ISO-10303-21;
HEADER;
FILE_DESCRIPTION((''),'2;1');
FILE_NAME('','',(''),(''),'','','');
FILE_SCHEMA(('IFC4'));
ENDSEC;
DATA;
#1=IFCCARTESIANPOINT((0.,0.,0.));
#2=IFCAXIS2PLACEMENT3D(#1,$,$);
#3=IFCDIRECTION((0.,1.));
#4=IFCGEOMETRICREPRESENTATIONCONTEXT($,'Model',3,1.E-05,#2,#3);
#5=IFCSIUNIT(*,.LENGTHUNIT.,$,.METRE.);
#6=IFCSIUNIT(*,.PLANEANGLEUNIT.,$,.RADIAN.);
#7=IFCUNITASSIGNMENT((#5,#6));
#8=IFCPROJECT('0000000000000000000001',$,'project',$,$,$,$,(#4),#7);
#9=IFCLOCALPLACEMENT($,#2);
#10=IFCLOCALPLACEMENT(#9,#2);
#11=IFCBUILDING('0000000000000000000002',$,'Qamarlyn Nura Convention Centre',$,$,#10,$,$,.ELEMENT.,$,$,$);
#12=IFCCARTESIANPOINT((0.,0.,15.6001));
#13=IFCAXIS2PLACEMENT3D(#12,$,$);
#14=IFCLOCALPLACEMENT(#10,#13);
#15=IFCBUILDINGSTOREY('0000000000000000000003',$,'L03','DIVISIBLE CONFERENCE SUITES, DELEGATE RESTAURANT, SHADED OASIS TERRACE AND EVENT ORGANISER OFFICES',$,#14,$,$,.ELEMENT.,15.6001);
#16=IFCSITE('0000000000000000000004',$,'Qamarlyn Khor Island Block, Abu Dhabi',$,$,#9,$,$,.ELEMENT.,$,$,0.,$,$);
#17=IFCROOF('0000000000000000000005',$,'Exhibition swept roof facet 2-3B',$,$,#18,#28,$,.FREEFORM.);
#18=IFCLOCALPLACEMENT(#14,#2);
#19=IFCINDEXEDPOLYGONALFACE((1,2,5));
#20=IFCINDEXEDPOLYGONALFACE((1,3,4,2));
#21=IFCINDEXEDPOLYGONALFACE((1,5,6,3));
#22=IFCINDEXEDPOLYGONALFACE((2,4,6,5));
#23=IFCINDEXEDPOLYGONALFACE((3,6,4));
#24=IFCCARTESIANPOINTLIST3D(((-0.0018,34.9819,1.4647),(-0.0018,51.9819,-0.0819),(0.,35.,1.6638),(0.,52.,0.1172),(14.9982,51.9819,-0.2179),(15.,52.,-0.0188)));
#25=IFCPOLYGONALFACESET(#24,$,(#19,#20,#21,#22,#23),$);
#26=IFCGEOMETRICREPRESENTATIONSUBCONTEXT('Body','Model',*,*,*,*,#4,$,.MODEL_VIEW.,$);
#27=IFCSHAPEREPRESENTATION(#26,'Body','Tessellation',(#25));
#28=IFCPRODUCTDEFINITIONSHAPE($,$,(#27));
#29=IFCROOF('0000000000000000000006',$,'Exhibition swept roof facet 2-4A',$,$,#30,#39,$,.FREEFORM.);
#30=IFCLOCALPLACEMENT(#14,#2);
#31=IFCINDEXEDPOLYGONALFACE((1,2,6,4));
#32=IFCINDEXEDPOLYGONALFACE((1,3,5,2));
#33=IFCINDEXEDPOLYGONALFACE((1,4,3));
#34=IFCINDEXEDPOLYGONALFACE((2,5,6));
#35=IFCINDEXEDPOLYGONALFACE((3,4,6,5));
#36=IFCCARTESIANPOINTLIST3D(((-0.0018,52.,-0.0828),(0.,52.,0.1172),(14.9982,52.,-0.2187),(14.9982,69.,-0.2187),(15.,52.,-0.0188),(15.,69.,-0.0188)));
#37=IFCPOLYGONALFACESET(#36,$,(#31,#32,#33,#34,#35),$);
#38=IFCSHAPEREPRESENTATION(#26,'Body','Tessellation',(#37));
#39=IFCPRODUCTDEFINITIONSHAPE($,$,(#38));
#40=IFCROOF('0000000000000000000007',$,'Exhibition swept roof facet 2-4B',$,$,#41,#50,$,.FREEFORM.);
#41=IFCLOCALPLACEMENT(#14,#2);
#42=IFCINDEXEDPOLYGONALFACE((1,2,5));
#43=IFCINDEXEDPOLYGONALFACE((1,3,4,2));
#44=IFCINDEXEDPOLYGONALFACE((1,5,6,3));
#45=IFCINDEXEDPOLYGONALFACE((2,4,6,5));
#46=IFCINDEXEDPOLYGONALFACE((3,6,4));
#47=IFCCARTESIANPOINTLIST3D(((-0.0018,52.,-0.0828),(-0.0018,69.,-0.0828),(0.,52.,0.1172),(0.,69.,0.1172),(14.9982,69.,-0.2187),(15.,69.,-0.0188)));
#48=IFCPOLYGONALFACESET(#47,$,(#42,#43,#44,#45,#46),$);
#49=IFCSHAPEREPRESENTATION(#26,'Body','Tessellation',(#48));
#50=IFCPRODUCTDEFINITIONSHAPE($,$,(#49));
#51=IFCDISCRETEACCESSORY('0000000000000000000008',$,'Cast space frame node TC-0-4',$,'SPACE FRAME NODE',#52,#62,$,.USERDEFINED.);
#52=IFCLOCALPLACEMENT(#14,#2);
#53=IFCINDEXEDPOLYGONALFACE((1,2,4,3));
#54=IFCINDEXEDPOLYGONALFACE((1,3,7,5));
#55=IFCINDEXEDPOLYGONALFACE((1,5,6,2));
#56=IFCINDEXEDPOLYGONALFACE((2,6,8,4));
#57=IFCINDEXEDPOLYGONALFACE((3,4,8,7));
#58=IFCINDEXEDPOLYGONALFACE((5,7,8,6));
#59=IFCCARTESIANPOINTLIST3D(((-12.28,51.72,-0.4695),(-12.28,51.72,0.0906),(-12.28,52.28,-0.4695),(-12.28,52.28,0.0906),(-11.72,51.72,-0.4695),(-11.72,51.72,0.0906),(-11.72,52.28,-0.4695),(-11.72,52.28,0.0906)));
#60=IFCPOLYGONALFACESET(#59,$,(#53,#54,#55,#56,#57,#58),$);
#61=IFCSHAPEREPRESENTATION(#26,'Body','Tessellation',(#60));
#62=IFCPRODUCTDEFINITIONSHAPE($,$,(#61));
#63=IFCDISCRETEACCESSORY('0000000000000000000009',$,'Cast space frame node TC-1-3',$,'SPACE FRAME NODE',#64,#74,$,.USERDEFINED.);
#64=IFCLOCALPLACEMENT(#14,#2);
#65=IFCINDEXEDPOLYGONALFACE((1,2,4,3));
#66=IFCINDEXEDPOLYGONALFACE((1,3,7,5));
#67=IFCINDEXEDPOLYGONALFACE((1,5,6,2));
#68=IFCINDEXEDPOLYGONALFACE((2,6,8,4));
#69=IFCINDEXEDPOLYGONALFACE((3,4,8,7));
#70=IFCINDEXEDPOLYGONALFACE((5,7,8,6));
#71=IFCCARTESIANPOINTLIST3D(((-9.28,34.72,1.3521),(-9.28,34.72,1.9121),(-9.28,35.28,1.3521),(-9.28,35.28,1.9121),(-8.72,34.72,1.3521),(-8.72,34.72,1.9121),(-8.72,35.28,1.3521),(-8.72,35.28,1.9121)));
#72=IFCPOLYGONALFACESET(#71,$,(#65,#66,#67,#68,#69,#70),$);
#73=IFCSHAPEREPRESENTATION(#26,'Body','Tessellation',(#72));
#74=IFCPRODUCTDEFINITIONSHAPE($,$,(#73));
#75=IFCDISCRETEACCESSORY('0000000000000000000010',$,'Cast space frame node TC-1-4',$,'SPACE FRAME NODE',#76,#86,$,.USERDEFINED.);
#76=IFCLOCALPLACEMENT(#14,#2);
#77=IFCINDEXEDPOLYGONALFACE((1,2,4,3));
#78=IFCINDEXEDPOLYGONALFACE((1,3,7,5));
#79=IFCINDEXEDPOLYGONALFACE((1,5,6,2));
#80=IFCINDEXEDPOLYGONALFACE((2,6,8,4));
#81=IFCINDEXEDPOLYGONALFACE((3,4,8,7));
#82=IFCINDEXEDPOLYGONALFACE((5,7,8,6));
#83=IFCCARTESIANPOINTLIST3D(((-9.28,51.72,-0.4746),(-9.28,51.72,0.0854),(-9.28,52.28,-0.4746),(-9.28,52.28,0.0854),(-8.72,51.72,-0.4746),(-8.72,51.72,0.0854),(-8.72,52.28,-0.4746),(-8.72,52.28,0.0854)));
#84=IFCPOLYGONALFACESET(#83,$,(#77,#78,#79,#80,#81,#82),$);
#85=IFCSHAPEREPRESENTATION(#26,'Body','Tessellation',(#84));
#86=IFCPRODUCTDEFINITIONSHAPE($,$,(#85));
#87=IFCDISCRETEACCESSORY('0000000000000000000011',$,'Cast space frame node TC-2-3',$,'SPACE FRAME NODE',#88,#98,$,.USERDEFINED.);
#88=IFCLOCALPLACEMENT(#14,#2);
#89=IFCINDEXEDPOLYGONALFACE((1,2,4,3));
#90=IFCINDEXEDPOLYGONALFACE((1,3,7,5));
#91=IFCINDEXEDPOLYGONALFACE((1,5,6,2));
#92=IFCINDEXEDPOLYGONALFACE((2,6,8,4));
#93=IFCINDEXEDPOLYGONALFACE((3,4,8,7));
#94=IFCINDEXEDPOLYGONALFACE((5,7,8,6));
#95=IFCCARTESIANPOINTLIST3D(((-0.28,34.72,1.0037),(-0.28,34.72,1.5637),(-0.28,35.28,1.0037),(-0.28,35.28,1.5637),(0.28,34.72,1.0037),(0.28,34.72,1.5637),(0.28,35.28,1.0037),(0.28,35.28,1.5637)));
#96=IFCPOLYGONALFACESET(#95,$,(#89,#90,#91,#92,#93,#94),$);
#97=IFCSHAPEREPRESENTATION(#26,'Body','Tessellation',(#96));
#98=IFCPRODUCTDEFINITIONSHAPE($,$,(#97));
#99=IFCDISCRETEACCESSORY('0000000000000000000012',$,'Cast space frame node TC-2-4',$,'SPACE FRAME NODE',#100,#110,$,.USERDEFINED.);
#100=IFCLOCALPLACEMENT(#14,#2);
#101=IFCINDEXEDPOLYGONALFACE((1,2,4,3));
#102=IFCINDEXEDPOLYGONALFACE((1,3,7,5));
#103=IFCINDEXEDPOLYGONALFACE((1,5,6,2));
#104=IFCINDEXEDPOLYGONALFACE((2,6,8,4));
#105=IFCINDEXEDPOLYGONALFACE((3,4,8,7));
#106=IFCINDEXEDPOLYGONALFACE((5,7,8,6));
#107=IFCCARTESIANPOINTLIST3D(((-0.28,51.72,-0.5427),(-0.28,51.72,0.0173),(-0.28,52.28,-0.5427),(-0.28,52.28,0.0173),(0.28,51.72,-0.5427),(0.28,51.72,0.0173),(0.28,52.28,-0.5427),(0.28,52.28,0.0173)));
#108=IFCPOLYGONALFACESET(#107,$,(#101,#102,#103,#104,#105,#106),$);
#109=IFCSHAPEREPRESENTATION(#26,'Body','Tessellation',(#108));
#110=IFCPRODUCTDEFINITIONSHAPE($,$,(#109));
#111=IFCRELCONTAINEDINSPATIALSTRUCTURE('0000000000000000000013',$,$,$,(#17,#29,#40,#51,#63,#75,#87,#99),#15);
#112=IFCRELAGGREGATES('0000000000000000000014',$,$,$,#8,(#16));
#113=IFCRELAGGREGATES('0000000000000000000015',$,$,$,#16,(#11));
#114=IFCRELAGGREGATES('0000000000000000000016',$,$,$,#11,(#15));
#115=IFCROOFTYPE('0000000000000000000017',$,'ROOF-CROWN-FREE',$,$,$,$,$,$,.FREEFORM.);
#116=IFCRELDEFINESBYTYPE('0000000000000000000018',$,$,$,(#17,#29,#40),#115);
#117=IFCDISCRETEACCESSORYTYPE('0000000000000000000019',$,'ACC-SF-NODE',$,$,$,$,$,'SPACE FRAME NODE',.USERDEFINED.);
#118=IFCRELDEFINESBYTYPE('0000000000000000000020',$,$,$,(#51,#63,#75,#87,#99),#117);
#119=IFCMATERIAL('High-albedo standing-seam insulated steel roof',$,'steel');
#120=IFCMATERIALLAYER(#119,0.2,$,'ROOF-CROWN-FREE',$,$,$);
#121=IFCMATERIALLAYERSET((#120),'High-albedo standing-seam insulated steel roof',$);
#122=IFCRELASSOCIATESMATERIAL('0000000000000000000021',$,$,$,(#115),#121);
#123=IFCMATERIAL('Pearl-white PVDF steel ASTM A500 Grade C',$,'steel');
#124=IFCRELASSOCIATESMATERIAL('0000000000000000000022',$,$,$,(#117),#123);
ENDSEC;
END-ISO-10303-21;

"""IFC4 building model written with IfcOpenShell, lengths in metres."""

from ifc_helpers import new_model, si_unit, direction, frame, origin, origin_2d, place, context, subcontext, project, spatial, polyline, rectangle, outline, extrude, material, layer, layer_set, type_object, element, save


model = new_model("IFC4")

# Units and contexts
model_context = context("Model", 3, precision=1e-05, world=origin(), true_north=direction((0.0, 1.0)))
body_context = subcontext(model_context, "Body", "Model", "MODEL_VIEW")
ifc_project = project(units=[si_unit("LENGTHUNIT", "METRE"), si_unit("PLANEANGLEUNIT", "RADIAN")], contexts=[model_context])

# Site, building, storey
site_placement = place(None, origin())
site = spatial("IfcSite", under=ifc_project, at=site_placement, Name="Qamarlyn Khor Island Block, Abu Dhabi", CompositionType="ELEMENT", RefElevation=0.0)
building_placement = place(site_placement, origin())
building = spatial("IfcBuilding", under=site, at=building_placement, Name="Qamarlyn Nura Convention Centre", CompositionType="ELEMENT")
storey_placement = place(building_placement, frame((0.0, 0.0, 15.6001)))
storey = spatial("IfcBuildingStorey", under=building, at=storey_placement, Name="L03", Description="DIVISIBLE CONFERENCE SUITES, DELEGATE RESTAURANT, SHADED OASIS TERRACE AND EVENT ORGANISER OFFICES", CompositionType="ELEMENT", Elevation=15.6001)

# Shared definitions
ifc_material_1 = material(Name="Pearl-white PVDF steel ASTM A500 Grade C", Category="steel")

# Roofs
ifc_material_2 = material(Name="High-albedo standing-seam insulated steel roof", Category="steel")
ifc_layer = layer(ifc_material_2, 0.2, Name="ROOF-CROWN-FREE")
ifc_layer_set = layer_set([ifc_layer], Name="High-albedo standing-seam insulated steel roof")
roof_type = type_object("IfcRoofType", Name="ROOF-CROWN-FREE", PredefinedType="FREEFORM", material=ifc_layer_set)
roof_1_placement = place(storey_placement, frame((0.0, 35.0, 1.6638), z_axis=(0.009028, 0.0906, 0.995846), x_axis=(0.659807, 0.747781, -0.074014)))
element("IfcRoof", 1, at=roof_1_placement, inside=storey, type_object=roof_type, Name="Exhibition swept roof facet 2-3B", PredefinedType="FREEFORM", context=body_context, shape_type="SweptSolid", body=[
    extrude(outline(polyline([(0.0, 0.0), (22.7339, 0.0), (12.8268, 11.2635), (0.0, 0.0)])), origin(), (0.0, 0.0, -1.0), 0.2),
])
roof_2_placement = place(storey_placement, frame((0.0, 52.0, 0.1172), z_axis=(0.009065, 0.0, 0.999959), x_axis=(0.999959, 0.0, -0.009065)))
element("IfcRoof", 2, at=roof_2_placement, inside=storey, type_object=roof_type, Name="Exhibition swept roof facet 2-4A", PredefinedType="FREEFORM", context=body_context, shape_type="SweptSolid", body=[
    extrude(outline(polyline([(0.0, 0.0), (15.0006, 0.0), (15.0006, 17.0), (0.0, 0.0)])), origin(), (0.0, 0.0, -1.0), 0.2),
])
roof_3_placement = place(storey_placement, frame((0.0, 52.0, 0.1172), z_axis=(0.009065, 0.0, 0.999959), x_axis=(0.66161, 0.749824, -0.005998)))
element("IfcRoof", 3, at=roof_3_placement, inside=storey, type_object=roof_type, Name="Exhibition swept roof facet 2-4B", PredefinedType="FREEFORM", context=body_context, shape_type="SweptSolid", body=[
    extrude(outline(polyline([(0.0, 0.0), (22.672, 0.0), (12.747, 11.2478), (0.0, 0.0)])), origin(), (0.0, 0.0, -1.0), 0.2),
])

# Discrete accessories
discrete_accessory_type = type_object("IfcDiscreteAccessoryType", Name="ACC-SF-NODE", ElementType="SPACE FRAME NODE", PredefinedType="USERDEFINED", material=ifc_material_1)
for number, where, z_axis, x_axis, name in (
    (4, (-12.0, 52.0, -0.4695), (0.0, 0.0, 1.0), (1.0, 0.0, 0.0), "Cast space frame node TC-0-4"),
    (5, (-9.0, 35.0, 1.3521), (0.0, 0.0, 1.0), (1.0, 0.0, 0.0), "Cast space frame node TC-1-3"),
    (6, (-9.0, 52.0, -0.4746), (0.0, 0.0, 1.0), (1.0, 0.0, 0.0), "Cast space frame node TC-1-4"),
    (7, (0.0, 35.0, 1.0037), (0.0, 0.0, 1.0), (1.0, 0.0, 0.0), "Cast space frame node TC-2-3"),
    (8, (0.0, 52.0, -0.5427), (0.0, 0.0, 1.0), (1.0, 0.0, 0.0), "Cast space frame node TC-2-4"),
):
    element("IfcDiscreteAccessory", number, at=place(storey_placement, frame(where, z_axis=z_axis, x_axis=x_axis)), inside=storey, type_object=discrete_accessory_type, Name=name, ObjectType="SPACE FRAME NODE", PredefinedType="USERDEFINED", context=body_context, shape_type="SweptSolid", body=[
        extrude(rectangle(XDim=0.5601, YDim=0.5601, at=origin_2d()), origin(), (0.0, 0.0, 1.0), 0.5601),
    ])

save(model, "model.ifc")
